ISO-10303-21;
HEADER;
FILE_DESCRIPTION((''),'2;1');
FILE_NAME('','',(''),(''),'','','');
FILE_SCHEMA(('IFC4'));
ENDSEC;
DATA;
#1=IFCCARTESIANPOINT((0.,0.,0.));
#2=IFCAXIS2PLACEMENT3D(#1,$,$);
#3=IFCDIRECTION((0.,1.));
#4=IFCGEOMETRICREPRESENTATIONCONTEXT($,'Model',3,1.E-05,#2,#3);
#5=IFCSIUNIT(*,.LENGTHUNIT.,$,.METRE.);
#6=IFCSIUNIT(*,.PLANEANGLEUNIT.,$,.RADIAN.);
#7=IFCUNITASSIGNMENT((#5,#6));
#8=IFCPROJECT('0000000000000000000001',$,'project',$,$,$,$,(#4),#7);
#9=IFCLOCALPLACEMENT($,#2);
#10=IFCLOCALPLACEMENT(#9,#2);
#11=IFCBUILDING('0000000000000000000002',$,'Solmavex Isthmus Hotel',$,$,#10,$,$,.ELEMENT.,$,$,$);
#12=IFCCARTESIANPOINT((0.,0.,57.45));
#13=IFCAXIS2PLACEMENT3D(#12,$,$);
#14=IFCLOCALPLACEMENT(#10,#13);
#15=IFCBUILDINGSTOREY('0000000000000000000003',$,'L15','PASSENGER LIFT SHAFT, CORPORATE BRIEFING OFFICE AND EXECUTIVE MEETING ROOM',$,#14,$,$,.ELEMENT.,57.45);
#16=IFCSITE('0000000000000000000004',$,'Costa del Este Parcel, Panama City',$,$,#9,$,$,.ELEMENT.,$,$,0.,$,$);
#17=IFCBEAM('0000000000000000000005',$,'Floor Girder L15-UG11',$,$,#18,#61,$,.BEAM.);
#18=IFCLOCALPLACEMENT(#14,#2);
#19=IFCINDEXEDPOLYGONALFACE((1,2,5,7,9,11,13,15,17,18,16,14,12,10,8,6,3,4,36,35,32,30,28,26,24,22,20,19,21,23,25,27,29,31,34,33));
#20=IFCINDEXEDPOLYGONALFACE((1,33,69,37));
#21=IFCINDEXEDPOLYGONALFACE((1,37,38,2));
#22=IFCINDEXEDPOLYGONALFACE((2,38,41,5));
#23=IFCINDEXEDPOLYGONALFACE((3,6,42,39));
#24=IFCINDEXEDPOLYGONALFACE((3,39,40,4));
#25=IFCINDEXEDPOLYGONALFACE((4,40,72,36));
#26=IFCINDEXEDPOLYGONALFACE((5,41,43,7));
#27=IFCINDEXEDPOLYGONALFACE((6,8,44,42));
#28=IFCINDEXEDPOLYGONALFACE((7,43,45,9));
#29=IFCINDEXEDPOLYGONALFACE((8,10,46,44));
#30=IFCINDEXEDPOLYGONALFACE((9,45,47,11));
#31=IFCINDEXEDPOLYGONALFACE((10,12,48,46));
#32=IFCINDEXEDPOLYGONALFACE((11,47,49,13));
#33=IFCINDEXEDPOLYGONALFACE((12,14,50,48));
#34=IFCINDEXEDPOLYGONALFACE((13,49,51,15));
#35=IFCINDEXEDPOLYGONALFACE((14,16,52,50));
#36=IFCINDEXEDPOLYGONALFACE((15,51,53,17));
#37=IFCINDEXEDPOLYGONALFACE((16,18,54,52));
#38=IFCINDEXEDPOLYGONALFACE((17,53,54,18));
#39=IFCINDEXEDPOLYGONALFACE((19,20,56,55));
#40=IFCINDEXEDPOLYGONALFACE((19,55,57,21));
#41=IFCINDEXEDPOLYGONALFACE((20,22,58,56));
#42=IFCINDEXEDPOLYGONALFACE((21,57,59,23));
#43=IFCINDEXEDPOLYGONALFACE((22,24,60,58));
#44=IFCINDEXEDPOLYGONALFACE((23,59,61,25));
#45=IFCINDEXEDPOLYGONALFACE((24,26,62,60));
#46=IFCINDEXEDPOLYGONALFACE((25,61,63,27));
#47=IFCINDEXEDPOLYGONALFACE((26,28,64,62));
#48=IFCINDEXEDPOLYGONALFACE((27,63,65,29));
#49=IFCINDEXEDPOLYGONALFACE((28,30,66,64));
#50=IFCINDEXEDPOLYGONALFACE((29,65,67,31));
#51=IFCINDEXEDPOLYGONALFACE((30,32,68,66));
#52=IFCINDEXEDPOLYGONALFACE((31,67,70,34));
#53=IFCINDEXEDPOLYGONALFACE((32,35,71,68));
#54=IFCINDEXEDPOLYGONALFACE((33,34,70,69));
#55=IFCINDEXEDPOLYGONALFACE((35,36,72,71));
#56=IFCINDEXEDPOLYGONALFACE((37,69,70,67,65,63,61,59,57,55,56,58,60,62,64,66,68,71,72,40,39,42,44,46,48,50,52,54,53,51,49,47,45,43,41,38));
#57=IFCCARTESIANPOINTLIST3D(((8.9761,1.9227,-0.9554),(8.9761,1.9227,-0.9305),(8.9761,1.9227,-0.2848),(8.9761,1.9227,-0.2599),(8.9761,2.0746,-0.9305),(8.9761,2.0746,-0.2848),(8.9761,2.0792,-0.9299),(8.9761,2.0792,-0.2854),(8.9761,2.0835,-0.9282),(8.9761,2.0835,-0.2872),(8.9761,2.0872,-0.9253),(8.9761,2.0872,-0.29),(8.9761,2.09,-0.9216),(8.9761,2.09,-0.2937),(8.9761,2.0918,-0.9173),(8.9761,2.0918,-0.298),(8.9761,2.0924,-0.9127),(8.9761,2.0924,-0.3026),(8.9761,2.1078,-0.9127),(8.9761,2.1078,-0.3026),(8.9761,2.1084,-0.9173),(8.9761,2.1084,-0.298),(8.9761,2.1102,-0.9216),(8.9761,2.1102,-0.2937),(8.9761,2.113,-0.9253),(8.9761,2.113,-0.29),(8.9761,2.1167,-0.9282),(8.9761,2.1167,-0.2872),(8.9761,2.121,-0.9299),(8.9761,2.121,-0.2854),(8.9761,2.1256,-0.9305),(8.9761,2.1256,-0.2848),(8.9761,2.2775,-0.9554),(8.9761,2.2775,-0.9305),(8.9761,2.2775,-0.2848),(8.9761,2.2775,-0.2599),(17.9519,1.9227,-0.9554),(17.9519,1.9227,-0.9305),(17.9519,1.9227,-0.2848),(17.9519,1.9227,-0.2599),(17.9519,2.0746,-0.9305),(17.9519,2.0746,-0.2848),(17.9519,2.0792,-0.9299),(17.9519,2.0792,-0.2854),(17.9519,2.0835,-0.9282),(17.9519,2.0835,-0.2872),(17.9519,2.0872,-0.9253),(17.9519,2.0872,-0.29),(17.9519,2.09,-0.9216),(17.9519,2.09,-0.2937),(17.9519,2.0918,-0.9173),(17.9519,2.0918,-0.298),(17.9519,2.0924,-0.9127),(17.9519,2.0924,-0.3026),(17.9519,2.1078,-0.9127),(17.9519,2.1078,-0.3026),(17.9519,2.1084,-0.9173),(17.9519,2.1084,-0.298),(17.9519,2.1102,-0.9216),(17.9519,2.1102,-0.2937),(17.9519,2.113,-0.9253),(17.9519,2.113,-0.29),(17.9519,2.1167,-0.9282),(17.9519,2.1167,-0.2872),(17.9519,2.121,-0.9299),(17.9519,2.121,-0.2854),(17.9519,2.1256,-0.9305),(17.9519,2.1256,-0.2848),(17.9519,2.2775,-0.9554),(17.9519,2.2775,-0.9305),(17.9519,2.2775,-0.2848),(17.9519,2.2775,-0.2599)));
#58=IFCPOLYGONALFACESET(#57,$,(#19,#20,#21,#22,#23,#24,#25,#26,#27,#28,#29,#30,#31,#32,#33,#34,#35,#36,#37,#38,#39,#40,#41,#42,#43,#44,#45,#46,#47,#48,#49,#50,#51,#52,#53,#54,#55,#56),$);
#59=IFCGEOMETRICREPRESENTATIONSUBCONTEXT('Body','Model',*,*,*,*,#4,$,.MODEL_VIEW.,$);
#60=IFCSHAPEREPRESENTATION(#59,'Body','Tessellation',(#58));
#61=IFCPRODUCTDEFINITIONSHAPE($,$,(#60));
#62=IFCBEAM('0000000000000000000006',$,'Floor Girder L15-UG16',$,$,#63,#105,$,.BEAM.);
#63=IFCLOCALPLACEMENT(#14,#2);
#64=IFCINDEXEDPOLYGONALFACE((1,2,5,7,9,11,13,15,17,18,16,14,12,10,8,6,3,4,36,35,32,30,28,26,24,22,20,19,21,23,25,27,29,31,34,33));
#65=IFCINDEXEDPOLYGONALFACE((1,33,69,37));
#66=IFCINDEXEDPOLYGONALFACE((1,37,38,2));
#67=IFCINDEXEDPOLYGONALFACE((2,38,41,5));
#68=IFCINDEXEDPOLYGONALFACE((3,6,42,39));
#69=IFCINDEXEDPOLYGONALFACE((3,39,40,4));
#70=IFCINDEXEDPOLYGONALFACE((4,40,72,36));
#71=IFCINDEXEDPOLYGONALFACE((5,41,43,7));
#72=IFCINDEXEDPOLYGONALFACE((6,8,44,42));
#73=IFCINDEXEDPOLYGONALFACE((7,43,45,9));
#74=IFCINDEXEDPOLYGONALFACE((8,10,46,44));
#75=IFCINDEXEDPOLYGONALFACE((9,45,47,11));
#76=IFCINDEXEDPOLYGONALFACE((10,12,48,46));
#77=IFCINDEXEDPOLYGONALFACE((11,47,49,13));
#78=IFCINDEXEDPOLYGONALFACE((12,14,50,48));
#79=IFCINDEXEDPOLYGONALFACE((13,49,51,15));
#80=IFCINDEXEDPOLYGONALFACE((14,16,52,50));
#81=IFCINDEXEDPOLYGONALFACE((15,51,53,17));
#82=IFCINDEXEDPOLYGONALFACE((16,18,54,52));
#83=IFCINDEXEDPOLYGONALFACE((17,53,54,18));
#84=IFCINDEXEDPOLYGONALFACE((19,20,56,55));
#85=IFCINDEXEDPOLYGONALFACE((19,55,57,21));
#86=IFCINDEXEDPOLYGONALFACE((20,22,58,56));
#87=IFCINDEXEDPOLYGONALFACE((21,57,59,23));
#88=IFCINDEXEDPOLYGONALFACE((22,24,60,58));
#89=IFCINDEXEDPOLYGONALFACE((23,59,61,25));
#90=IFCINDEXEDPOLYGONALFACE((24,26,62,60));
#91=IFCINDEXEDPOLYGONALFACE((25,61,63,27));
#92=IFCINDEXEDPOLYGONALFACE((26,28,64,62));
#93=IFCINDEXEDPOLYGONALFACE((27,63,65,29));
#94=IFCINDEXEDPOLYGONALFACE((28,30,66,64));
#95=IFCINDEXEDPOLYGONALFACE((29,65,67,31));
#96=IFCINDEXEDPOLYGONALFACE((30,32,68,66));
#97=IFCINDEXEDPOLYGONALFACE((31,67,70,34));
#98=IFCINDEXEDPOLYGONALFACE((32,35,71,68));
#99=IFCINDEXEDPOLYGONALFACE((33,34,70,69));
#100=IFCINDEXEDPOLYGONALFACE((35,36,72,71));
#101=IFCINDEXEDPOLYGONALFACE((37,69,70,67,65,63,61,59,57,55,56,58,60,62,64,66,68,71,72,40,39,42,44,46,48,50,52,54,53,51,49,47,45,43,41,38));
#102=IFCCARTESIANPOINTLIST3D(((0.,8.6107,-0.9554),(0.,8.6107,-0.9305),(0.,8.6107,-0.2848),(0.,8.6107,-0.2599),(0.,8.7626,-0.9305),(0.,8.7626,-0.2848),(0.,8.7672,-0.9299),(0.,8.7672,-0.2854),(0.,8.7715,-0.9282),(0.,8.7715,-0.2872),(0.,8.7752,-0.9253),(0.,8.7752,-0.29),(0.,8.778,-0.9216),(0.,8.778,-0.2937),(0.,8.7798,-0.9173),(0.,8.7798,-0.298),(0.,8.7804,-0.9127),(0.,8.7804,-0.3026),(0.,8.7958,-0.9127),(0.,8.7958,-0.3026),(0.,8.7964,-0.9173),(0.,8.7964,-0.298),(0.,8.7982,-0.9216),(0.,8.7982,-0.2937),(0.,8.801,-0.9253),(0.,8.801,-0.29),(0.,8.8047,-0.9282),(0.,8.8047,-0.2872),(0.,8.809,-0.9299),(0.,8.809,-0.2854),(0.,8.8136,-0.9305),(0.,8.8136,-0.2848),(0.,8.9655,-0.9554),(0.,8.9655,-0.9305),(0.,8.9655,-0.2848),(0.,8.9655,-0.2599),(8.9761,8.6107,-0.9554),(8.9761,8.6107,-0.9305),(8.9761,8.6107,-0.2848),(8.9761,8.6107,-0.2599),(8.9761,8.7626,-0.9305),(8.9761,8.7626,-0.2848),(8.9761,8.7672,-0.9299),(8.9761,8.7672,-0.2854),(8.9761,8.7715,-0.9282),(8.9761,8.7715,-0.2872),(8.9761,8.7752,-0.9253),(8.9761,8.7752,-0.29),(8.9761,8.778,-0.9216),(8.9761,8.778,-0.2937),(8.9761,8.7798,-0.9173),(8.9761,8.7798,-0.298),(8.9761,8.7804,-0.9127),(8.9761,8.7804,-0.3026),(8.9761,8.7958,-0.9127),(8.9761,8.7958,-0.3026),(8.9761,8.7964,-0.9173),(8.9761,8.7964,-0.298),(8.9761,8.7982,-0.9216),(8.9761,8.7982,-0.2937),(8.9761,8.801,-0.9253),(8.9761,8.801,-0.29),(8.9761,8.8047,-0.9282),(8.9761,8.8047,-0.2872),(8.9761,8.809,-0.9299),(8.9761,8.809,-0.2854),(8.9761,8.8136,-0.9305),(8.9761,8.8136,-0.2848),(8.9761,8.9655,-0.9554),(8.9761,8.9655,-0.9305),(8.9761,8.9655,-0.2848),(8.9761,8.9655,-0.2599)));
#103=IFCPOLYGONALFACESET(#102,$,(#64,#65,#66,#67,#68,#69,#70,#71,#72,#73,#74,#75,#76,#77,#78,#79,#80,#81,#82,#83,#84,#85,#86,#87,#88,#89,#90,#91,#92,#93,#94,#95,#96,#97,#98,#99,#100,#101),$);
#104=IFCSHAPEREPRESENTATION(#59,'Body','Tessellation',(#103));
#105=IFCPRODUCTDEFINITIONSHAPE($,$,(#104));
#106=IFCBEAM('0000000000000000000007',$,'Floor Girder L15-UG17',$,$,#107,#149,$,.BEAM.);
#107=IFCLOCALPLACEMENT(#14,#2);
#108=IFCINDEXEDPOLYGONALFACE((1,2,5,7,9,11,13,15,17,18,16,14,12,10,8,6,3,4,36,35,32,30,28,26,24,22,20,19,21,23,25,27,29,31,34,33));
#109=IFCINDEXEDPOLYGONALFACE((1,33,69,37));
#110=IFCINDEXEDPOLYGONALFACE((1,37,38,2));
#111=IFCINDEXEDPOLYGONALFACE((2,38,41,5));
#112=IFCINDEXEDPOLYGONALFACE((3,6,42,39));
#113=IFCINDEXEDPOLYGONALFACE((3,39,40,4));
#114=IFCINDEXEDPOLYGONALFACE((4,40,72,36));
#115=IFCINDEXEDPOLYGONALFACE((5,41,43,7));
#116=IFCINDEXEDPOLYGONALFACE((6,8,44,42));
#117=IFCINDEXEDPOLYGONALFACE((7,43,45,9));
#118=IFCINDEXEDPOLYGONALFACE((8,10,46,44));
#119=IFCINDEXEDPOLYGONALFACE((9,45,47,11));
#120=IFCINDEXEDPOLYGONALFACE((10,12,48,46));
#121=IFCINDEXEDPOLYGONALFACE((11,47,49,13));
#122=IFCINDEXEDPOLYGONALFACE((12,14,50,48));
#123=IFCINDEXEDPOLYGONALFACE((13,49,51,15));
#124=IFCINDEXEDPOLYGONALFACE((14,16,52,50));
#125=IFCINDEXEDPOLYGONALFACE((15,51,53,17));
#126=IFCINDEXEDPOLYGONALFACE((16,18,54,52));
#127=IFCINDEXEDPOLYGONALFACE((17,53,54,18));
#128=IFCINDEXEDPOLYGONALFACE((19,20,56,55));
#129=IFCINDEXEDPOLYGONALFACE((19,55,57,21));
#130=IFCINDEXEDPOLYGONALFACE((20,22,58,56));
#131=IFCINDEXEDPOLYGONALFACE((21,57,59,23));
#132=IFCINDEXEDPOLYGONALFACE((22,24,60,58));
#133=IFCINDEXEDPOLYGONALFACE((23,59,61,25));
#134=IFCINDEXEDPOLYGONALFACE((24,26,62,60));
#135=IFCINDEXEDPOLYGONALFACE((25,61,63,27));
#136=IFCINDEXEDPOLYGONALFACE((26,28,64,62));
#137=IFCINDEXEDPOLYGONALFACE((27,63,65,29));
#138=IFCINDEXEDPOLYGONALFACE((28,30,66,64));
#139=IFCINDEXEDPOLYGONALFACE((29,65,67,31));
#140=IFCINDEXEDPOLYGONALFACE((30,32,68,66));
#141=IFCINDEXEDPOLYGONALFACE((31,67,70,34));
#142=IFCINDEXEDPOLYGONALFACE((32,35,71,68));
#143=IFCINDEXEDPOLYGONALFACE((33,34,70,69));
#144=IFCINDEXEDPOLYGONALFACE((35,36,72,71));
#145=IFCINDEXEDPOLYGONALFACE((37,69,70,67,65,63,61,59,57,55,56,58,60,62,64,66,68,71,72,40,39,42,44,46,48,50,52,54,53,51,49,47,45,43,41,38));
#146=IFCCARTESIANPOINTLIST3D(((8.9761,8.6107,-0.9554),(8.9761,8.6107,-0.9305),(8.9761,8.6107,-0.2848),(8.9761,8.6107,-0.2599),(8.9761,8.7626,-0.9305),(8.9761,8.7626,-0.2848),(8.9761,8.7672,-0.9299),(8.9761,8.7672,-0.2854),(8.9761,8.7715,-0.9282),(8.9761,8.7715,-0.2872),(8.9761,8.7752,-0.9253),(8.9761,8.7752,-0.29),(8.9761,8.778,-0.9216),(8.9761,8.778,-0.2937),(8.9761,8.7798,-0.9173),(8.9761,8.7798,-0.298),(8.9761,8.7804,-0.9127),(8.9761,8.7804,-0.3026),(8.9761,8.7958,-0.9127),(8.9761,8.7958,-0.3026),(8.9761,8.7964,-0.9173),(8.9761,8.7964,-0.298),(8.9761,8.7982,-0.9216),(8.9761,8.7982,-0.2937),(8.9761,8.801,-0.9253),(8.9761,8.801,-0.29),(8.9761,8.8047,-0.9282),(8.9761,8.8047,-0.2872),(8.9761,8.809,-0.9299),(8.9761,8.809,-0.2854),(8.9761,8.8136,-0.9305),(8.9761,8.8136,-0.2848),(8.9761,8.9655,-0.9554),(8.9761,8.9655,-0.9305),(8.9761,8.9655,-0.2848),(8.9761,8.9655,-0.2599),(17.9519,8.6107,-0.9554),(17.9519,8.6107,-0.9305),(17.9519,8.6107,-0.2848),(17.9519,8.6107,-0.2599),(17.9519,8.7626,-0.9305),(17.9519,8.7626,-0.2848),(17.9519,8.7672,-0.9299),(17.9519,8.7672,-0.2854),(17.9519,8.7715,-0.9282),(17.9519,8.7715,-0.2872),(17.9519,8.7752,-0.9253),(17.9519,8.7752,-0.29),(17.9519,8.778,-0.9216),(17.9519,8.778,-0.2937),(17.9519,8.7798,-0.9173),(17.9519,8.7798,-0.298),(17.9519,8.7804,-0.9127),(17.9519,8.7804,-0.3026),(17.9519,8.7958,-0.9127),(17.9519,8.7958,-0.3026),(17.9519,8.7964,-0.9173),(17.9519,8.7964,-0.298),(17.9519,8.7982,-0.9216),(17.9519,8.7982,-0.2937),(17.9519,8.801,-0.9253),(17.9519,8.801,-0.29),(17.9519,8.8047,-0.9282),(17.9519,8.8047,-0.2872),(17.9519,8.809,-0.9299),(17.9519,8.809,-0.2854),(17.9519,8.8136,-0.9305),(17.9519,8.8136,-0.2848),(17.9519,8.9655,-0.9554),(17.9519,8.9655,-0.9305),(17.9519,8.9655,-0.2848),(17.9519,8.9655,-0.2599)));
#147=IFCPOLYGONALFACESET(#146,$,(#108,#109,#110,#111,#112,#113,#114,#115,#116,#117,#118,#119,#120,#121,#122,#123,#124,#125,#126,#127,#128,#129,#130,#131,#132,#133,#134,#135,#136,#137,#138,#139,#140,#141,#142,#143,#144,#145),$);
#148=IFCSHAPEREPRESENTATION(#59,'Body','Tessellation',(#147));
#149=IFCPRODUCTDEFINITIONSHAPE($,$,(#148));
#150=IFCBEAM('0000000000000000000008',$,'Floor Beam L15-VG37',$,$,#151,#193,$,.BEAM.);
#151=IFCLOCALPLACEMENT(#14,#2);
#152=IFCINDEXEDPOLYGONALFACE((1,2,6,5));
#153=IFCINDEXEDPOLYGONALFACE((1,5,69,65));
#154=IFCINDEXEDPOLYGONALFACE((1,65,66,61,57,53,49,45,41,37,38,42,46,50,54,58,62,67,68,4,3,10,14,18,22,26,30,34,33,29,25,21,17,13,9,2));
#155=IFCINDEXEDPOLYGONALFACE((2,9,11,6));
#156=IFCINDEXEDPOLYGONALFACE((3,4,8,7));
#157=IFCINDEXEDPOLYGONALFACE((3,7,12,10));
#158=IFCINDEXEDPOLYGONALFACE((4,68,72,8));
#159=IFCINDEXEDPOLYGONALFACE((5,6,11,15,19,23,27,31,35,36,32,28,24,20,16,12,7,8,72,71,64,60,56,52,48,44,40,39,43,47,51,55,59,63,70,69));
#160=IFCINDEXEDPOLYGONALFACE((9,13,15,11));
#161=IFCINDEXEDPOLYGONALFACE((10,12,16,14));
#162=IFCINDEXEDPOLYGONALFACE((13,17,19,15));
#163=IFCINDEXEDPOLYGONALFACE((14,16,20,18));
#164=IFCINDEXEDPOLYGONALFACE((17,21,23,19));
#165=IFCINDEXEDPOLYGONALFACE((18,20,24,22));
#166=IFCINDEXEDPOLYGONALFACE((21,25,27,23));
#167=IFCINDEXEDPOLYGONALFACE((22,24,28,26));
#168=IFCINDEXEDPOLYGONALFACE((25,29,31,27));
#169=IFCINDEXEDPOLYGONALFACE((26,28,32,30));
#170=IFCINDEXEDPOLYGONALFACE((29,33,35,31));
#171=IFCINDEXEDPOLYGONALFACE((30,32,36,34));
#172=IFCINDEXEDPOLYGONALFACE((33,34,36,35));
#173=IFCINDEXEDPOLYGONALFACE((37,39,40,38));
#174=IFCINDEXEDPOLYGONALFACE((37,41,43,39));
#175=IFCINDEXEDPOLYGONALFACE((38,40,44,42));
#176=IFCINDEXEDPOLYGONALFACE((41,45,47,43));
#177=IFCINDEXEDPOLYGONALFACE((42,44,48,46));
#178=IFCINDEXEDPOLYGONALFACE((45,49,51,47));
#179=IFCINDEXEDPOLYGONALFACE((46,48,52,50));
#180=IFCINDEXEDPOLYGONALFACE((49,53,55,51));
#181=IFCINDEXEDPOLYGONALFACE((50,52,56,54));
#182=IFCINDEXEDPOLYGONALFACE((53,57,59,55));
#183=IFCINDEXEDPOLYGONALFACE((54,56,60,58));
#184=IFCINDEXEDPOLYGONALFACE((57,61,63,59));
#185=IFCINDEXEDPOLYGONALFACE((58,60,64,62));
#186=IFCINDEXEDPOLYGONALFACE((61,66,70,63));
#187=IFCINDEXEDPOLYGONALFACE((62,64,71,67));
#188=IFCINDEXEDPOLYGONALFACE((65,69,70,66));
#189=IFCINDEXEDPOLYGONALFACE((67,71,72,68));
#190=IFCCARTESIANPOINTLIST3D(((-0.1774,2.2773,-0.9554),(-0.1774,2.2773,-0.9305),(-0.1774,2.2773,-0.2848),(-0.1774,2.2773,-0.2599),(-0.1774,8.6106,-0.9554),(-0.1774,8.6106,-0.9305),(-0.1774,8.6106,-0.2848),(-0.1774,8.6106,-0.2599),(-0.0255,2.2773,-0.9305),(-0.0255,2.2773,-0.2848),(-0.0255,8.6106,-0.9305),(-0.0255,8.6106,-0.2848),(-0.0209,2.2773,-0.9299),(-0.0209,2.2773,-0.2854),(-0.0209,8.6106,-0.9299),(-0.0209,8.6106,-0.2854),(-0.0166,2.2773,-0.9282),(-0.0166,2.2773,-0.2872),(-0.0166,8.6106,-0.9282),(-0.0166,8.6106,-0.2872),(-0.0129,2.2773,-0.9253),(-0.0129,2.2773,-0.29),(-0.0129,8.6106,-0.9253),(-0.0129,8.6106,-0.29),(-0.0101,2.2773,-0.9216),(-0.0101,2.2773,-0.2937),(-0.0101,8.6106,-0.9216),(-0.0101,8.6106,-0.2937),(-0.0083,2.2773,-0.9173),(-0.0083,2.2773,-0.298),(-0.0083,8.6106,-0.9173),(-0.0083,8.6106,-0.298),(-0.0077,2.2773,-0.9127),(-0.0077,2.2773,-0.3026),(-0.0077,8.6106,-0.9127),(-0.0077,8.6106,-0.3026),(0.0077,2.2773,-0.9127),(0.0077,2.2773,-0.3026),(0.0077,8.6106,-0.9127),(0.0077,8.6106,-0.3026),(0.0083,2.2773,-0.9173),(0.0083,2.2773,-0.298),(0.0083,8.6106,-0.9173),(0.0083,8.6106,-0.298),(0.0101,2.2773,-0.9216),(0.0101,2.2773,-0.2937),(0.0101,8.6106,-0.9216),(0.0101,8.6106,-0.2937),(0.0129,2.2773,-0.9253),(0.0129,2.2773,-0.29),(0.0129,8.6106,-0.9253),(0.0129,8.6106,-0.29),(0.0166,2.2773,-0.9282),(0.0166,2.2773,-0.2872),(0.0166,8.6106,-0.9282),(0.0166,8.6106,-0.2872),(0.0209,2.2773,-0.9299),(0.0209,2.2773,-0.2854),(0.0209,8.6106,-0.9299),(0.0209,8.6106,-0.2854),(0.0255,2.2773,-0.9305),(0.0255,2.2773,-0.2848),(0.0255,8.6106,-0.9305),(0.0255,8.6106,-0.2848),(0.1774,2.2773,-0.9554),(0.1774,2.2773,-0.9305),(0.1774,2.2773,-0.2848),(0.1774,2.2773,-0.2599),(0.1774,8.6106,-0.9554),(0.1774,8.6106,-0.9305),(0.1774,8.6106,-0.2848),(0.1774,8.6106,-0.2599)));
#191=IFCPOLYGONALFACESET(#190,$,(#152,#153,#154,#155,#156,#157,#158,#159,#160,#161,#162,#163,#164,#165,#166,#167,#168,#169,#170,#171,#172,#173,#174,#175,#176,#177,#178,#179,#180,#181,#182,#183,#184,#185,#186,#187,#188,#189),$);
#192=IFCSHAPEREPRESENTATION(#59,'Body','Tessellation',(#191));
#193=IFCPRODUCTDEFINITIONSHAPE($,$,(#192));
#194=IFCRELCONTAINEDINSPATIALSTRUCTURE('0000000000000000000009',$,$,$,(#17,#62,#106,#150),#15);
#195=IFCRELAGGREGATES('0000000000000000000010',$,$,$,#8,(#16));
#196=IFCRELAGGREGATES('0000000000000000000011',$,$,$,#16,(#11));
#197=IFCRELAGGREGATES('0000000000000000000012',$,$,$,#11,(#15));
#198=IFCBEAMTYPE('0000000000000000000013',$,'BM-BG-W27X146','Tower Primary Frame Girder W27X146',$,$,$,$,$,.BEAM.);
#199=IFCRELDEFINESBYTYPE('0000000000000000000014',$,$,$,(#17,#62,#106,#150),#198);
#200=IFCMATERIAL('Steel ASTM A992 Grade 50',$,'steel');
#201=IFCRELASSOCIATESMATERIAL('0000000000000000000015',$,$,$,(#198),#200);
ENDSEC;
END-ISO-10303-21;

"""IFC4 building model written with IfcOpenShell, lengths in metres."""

from ifc_helpers import new_model, si_unit, direction, frame, origin, origin_2d, place, context, subcontext, project, spatial, i_section, extrude, material, material_profile, profile_set, type_object, element, save


model = new_model("IFC4")

# Units and contexts
model_context = context("Model", 3, precision=1e-05, world=origin(), true_north=direction((0.0, 1.0)))
body_context = subcontext(model_context, "Body", "Model", "MODEL_VIEW")
ifc_project = project(units=[si_unit("LENGTHUNIT", "METRE"), si_unit("PLANEANGLEUNIT", "RADIAN")], contexts=[model_context])

# Site, building, storey
site_placement = place(None, origin())
site = spatial("IfcSite", under=ifc_project, at=site_placement, Name="Costa del Este Parcel, Panama City", CompositionType="ELEMENT", RefElevation=0.0)
building_placement = place(site_placement, origin())
building = spatial("IfcBuilding", under=site, at=building_placement, Name="Solmavex Isthmus Hotel", CompositionType="ELEMENT")
storey_placement = place(building_placement, frame((0.0, 0.0, 57.45)))
storey = spatial("IfcBuildingStorey", under=building, at=storey_placement, Name="L15", Description="PASSENGER LIFT SHAFT, CORPORATE BRIEFING OFFICE AND EXECUTIVE MEETING ROOM", CompositionType="ELEMENT", Elevation=57.45)

# Beams
ifc_material_1 = material(Name="Steel ASTM A992 Grade 50", Category="steel")
ifc_material_profile_1 = material_profile(ifc_material_1, i_section(OverallWidth=0.3547, OverallDepth=0.6956, WebThickness=0.0154, FlangeThickness=0.0249, FilletRadius=0.0178, at=origin_2d()), Name="W27X146")
ifc_profile_set_1 = profile_set([ifc_material_profile_1], Name="Steel ASTM A992 Grade 50")
beam_type_1 = type_object("IfcBeamType", Name="BM-BG-W27X146", Description="Tower Primary Frame Girder W27X146", PredefinedType="BEAM", material=ifc_profile_set_1)
beam_1_placement = place(storey_placement, frame((8.9761, 2.1001, -0.6077), z_axis=(1.0, 0.0, 0.0), x_axis=(0.0, 1.0, 0.0)))
element("IfcBeam", 1, at=beam_1_placement, inside=storey, type_object=beam_type_1, Name="Floor Girder L15-UG11", PredefinedType="BEAM", context=body_context, shape_type="SweptSolid", body=[
    extrude(i_section(OverallWidth=0.3547, OverallDepth=0.6956, WebThickness=0.0154, FlangeThickness=0.0249, FilletRadius=0.0178, at=origin_2d()), origin(), (0.0, 0.0, 1.0), 8.9758),
])
beam_2_placement = place(storey_placement, frame((0.0, 8.7881, -0.6077), z_axis=(1.0, 0.0, 0.0), x_axis=(0.0, 1.0, 0.0)))
element("IfcBeam", 2, at=beam_2_placement, inside=storey, type_object=beam_type_1, Name="Floor Girder L15-UG16", PredefinedType="BEAM", context=body_context, shape_type="SweptSolid", body=[
    extrude(i_section(OverallWidth=0.3547, OverallDepth=0.6956, WebThickness=0.0154, FlangeThickness=0.0249, FilletRadius=0.0178, at=origin_2d()), origin(), (0.0, 0.0, 1.0), 8.9761),
])
beam_3_placement = place(storey_placement, frame((8.9761, 8.7881, -0.6077), z_axis=(1.0, 0.0, 0.0), x_axis=(0.0, 1.0, 0.0)))
element("IfcBeam", 3, at=beam_3_placement, inside=storey, type_object=beam_type_1, Name="Floor Girder L15-UG17", PredefinedType="BEAM", context=body_context, shape_type="SweptSolid", body=[
    extrude(i_section(OverallWidth=0.3547, OverallDepth=0.6956, WebThickness=0.0154, FlangeThickness=0.0249, FilletRadius=0.0178, at=origin_2d()), origin(), (0.0, 0.0, 1.0), 8.9758),
])
beam_4_placement = place(storey_placement, frame((0.0, 2.2773, -0.6077), z_axis=(0.0, 1.0, 0.0), x_axis=(-1.0, 0.0, 0.0)))
element("IfcBeam", 4, at=beam_4_placement, inside=storey, type_object=beam_type_1, Name="Floor Beam L15-VG37", PredefinedType="BEAM", context=body_context, shape_type="SweptSolid", body=[
    extrude(i_section(OverallWidth=0.3547, OverallDepth=0.6956, WebThickness=0.0154, FlangeThickness=0.0249, FilletRadius=0.0178, at=origin_2d()), origin(), (0.0, 0.0, 1.0), 6.3333),
])

save(model, "model.ifc")
